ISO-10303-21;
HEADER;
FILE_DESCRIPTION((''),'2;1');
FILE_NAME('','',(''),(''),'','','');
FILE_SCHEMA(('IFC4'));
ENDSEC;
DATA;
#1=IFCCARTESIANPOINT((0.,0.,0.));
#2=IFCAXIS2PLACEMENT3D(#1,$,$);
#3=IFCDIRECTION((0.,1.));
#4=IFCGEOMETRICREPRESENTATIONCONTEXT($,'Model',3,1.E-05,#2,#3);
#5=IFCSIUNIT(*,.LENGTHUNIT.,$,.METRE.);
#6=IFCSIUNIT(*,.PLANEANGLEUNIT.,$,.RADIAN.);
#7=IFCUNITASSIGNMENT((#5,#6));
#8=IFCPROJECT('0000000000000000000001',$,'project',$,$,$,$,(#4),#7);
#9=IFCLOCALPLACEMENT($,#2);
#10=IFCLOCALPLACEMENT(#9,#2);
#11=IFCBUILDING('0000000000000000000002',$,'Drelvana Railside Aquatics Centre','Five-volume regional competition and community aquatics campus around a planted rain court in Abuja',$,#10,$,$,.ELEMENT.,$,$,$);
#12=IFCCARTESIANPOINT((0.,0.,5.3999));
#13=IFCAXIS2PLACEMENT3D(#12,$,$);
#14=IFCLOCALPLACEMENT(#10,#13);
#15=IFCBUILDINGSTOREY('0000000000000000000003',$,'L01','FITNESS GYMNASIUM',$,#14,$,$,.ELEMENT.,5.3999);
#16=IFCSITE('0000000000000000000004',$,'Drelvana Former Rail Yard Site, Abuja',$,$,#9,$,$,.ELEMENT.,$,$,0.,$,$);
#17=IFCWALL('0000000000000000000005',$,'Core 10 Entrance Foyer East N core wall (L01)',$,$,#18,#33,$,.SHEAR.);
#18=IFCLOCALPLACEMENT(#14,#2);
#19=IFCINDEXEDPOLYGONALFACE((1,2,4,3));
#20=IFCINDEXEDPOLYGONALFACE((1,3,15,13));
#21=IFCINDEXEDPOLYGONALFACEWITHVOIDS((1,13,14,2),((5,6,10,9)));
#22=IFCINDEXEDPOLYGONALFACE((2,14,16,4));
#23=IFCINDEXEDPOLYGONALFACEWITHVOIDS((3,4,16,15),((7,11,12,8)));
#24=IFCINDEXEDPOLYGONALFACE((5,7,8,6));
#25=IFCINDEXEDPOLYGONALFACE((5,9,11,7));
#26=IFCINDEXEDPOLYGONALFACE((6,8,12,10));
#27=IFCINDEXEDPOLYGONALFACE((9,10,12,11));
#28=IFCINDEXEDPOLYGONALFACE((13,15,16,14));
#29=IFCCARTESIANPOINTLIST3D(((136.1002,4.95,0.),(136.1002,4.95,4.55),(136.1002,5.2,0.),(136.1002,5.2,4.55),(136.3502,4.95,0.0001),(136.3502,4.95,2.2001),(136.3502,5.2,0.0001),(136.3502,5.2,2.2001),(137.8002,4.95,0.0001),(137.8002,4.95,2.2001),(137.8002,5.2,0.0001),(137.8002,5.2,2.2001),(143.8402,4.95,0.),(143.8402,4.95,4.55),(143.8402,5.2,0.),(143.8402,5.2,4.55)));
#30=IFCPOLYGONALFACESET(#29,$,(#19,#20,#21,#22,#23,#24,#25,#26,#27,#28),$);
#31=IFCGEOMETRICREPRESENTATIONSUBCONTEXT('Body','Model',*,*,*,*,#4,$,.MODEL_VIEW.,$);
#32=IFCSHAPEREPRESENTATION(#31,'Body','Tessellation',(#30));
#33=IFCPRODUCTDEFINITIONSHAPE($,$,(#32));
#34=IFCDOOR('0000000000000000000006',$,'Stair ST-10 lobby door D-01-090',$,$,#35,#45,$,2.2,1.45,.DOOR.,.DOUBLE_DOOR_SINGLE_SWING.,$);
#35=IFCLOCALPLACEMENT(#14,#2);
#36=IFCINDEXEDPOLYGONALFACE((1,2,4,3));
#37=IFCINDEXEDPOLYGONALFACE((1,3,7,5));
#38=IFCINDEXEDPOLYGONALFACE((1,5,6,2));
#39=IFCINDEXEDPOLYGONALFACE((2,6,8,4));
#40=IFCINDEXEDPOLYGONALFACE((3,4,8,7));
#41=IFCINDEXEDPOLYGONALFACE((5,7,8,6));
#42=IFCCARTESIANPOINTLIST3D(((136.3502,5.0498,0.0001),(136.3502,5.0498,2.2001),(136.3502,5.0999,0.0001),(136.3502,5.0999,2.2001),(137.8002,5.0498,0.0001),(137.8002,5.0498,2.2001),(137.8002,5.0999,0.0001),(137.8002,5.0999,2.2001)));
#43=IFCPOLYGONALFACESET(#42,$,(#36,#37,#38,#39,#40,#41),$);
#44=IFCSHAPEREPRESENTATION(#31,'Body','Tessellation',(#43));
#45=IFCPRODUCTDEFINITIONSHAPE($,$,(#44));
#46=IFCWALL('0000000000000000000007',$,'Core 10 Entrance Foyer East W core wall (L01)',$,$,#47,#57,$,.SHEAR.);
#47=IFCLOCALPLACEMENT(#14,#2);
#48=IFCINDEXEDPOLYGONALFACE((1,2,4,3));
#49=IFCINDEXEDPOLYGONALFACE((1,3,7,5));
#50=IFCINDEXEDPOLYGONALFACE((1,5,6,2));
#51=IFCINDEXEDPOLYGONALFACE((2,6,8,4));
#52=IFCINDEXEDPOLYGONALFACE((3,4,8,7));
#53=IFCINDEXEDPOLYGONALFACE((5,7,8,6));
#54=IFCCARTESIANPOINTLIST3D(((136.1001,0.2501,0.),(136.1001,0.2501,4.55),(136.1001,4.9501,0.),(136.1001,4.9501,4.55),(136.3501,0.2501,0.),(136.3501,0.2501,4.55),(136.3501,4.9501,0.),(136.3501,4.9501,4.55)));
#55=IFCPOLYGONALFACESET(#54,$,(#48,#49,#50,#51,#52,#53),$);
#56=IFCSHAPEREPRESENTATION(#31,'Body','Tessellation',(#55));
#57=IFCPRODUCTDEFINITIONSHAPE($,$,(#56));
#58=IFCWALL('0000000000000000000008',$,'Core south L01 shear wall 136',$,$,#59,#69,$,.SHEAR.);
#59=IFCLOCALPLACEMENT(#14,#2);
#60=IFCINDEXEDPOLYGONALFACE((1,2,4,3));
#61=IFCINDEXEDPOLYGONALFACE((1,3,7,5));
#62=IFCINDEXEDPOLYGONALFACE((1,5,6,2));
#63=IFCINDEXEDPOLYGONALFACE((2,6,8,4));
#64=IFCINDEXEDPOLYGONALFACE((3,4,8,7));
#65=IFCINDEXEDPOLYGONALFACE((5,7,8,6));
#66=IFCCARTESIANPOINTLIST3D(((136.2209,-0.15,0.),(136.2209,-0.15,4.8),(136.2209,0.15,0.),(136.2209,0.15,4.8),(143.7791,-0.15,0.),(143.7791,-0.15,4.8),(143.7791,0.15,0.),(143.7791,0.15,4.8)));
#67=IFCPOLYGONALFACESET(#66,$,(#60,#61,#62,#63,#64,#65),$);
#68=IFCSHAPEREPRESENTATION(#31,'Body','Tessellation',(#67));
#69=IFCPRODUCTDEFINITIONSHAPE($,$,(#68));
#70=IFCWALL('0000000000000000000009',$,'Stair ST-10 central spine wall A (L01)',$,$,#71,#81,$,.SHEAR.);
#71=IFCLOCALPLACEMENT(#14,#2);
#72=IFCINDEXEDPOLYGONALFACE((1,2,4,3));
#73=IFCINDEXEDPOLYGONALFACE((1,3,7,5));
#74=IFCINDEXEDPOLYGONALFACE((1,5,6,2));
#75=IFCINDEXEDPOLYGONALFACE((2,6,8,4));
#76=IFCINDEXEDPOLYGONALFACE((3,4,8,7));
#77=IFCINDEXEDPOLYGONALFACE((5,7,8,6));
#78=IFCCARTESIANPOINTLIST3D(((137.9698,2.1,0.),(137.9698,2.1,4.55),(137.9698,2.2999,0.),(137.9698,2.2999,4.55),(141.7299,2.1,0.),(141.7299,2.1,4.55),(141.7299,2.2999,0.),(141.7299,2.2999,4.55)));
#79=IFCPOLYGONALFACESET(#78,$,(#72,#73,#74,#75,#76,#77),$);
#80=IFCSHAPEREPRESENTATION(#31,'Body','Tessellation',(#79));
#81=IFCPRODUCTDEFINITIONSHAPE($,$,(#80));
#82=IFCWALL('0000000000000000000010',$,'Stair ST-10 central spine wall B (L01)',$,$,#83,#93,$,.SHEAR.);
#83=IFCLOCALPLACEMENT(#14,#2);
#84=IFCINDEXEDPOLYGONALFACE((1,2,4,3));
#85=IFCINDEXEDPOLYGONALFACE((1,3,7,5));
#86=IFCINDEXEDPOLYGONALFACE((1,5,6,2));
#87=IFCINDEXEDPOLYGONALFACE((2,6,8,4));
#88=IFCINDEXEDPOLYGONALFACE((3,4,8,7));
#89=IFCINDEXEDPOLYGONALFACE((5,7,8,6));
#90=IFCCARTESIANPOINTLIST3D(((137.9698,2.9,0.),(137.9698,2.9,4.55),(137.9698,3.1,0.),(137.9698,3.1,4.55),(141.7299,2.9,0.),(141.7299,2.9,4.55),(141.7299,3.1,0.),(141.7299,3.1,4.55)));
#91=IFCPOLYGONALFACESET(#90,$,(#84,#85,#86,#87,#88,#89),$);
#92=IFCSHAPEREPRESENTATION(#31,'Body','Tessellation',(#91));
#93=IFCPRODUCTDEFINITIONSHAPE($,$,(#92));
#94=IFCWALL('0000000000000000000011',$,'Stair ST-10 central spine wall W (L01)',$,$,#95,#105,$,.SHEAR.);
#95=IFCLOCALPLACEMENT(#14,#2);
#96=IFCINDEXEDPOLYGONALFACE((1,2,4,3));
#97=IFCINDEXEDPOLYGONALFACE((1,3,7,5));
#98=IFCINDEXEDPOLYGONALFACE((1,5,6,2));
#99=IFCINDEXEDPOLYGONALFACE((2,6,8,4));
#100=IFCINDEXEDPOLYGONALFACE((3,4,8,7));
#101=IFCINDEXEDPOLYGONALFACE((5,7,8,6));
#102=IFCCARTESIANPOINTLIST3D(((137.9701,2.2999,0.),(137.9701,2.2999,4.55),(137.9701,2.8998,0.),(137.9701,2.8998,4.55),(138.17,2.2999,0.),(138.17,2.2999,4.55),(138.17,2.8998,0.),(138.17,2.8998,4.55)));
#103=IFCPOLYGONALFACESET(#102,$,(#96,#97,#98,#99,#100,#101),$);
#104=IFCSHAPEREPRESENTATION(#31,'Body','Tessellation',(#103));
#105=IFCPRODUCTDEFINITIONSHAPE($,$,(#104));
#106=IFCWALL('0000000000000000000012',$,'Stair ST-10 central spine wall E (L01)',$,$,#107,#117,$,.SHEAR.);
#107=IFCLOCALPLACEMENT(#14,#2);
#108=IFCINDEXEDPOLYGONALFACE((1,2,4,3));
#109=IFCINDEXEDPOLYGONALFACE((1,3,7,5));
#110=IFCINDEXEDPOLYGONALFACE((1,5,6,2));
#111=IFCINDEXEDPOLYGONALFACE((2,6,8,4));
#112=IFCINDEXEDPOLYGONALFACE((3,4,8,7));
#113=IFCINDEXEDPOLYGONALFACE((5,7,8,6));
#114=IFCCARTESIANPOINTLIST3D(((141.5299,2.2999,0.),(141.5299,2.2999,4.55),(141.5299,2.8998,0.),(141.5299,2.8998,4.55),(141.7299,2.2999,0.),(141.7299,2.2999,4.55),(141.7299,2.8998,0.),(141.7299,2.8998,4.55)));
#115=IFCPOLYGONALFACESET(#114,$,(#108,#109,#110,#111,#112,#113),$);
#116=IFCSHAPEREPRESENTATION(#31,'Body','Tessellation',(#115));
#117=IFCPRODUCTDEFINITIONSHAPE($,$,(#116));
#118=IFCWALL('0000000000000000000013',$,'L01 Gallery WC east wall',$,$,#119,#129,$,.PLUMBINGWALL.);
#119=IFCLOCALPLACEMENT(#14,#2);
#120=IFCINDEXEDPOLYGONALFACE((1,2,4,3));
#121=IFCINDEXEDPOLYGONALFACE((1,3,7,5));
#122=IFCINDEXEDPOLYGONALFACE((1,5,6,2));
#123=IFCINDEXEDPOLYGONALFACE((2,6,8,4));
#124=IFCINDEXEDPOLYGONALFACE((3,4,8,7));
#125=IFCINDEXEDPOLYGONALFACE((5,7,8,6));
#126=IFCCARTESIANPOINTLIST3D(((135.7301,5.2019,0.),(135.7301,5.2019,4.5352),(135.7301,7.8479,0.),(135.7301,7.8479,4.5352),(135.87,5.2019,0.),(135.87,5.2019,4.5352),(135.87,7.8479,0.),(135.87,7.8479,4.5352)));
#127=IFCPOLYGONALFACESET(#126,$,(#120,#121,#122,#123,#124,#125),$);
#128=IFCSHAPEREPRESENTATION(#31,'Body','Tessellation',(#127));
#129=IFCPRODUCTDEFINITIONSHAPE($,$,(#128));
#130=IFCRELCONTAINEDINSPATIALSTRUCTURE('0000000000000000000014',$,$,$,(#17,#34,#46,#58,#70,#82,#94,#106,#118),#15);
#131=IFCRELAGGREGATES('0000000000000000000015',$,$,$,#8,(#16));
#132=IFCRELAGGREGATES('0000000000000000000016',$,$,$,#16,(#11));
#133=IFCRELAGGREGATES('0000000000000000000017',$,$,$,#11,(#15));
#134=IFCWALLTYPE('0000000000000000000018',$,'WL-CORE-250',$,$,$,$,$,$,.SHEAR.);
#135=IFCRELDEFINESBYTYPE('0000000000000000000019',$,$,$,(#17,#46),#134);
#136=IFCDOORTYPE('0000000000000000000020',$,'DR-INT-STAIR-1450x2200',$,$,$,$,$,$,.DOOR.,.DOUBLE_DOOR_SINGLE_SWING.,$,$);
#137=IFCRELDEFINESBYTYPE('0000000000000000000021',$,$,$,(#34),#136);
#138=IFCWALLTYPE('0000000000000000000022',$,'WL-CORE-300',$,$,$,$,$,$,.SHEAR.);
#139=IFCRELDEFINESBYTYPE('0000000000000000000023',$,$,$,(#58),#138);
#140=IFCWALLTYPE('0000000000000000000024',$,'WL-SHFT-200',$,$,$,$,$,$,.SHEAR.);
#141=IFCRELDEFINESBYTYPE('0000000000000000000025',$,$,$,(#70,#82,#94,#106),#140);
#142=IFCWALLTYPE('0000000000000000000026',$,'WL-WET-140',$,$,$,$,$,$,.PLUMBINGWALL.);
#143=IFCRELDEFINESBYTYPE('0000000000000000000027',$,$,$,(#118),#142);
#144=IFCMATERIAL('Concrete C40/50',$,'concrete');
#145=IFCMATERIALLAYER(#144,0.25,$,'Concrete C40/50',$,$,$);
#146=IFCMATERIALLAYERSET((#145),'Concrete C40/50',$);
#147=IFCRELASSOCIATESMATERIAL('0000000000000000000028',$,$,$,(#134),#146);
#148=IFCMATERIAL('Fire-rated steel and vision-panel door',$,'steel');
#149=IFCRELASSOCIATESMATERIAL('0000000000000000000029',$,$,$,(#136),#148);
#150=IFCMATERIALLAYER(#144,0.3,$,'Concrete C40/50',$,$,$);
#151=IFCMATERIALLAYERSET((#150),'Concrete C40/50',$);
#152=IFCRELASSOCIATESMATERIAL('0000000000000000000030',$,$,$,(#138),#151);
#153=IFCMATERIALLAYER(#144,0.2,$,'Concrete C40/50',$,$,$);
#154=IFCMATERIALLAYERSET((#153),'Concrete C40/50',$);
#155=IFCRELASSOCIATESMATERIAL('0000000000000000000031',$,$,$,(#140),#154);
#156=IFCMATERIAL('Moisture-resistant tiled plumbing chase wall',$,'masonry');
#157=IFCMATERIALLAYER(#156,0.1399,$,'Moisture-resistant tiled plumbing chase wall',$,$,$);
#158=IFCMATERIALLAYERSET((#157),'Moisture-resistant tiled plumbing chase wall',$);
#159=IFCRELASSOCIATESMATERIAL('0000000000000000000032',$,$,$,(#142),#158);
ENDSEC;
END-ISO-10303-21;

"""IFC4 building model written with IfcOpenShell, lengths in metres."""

from ifc_helpers import new_model, si_unit, direction, frame, frame_2d, origin, place, context, subcontext, project, spatial, rectangle, extrude, material, layer, layer_set, type_object, element, fill, save


model = new_model("IFC4")

# Units and contexts
model_context = context("Model", 3, precision=1e-05, world=origin(), true_north=direction((0.0, 1.0)))
body_context = subcontext(model_context, "Body", "Model", "MODEL_VIEW")
ifc_project = project(units=[si_unit("LENGTHUNIT", "METRE"), si_unit("PLANEANGLEUNIT", "RADIAN")], contexts=[model_context])

# Site, building, storey
site_placement = place(None, origin())
site = spatial("IfcSite", under=ifc_project, at=site_placement, Name="Drelvana Former Rail Yard Site, Abuja", CompositionType="ELEMENT", RefElevation=0.0)
building_placement = place(site_placement, origin())
building = spatial("IfcBuilding", under=site, at=building_placement, Name="Drelvana Railside Aquatics Centre", Description="Five-volume regional competition and community aquatics campus around a planted rain court in Abuja", CompositionType="ELEMENT")
storey_placement = place(building_placement, frame((0.0, 0.0, 5.3999)))
storey = spatial("IfcBuildingStorey", under=building, at=storey_placement, Name="L01", Description="FITNESS GYMNASIUM", CompositionType="ELEMENT", Elevation=5.3999)

# Shared definitions
ifc_material_1 = material(Name="Concrete C40/50", Category="concrete")

# Wall, opening, door
ifc_layer_1 = layer(ifc_material_1, 0.25, Name="Concrete C40/50")
ifc_layer_set_1 = layer_set([ifc_layer_1], Name="Concrete C40/50")
wall_type_1 = type_object("IfcWallType", Name="WL-CORE-250", PredefinedType="SHEAR", material=ifc_layer_set_1)
wall_1_placement = place(storey_placement, frame((136.1001, 5.075, 0.0), z_axis=(0.0, 0.0, 1.0), x_axis=(1.0, 0.0, 0.0)))
wall_1 = element("IfcWall", 1, at=wall_1_placement, inside=storey, type_object=wall_type_1, Name="Core 10 Entrance Foyer East N core wall (L01)", PredefinedType="SHEAR", context=body_context, shape_type="SweptSolid", body=[
    extrude(rectangle(XDim=7.74, YDim=0.25, at=frame_2d((3.8701, 0.0))), origin(), (0.0, 0.0, 1.0), 4.55),
])
opening_placement = place(wall_1_placement, frame((0.25, 0.0, 0.0)))
opening = element("IfcOpeningElement", 2, at=opening_placement, cuts=wall_1, PredefinedType="OPENING", context=body_context, shape_type="SweptSolid", body=[
    extrude(rectangle(XDim=1.45, YDim=2.2, at=frame_2d((0.7251, 1.1001))), frame((0.0, 0.135, 0.0), z_axis=(0.0, -1.0, 0.0), x_axis=(1.0, 0.0, 0.0)), (0.0, 0.0, 1.0), 0.27),
])
ifc_material_2 = material(Name="Fire-rated steel and vision-panel door", Category="steel")
door_type = type_object("IfcDoorType", Name="DR-INT-STAIR-1450x2200", OperationType="DOUBLE_DOOR_SINGLE_SWING", PredefinedType="DOOR", material=ifc_material_2)
door_placement = place(opening_placement, origin())
door = element("IfcDoor", 3, at=door_placement, inside=storey, type_object=door_type, Name="Stair ST-10 lobby door D-01-090", OperationType="DOUBLE_DOOR_SINGLE_SWING", OverallHeight=2.2, OverallWidth=1.45, PredefinedType="DOOR", context=body_context, shape_type="SweptSolid", body=[
    extrude(rectangle(XDim=1.45, YDim=2.2, at=frame_2d((0.7251, 1.1001))), frame((0.0, 0.0249, 0.0), z_axis=(0.0, -1.0, 0.0), x_axis=(1.0, 0.0, 0.0)), (0.0, 0.0, 1.0), 0.05),
])
fill(opening, door)

# Walls
wall_2_placement = place(storey_placement, frame((136.2251, 0.25, 0.0), z_axis=(0.0, 0.0, 1.0), x_axis=(0.0, 1.0, 0.0)))
element("IfcWall", 4, at=wall_2_placement, inside=storey, type_object=wall_type_1, Name="Core 10 Entrance Foyer East W core wall (L01)", PredefinedType="SHEAR", context=body_context, shape_type="SweptSolid", body=[
    extrude(rectangle(XDim=4.7, YDim=0.25, at=frame_2d((2.3501, 0.0))), origin(), (0.0, 0.0, 1.0), 4.55),
])
ifc_layer_2 = layer(ifc_material_1, 0.3, Name="Concrete C40/50")
ifc_layer_set_2 = layer_set([ifc_layer_2], Name="Concrete C40/50")
wall_type_2 = type_object("IfcWallType", Name="WL-CORE-300", PredefinedType="SHEAR", material=ifc_layer_set_2)
wall_3_placement = place(storey_placement, frame((136.2209, 0.0, 0.0), z_axis=(0.0, 0.0, 1.0), x_axis=(1.0, 0.0, 0.0)))
element("IfcWall", 5, at=wall_3_placement, inside=storey, type_object=wall_type_2, Name="Core south L01 shear wall 136", PredefinedType="SHEAR", context=body_context, shape_type="SweptSolid", body=[
    extrude(rectangle(XDim=7.5581, YDim=0.3, at=frame_2d((3.7791, 0.0))), origin(), (0.0, 0.0, 1.0), 4.8),
])
ifc_layer_3 = layer(ifc_material_1, 0.2, Name="Concrete C40/50")
ifc_layer_set_3 = layer_set([ifc_layer_3], Name="Concrete C40/50")
wall_type_3 = type_object("IfcWallType", Name="WL-SHFT-200", PredefinedType="SHEAR", material=ifc_layer_set_3)
for number, where, z_axis, x_axis, name in (
    (6, (137.97, 2.2, 0.0), (0.0, 0.0, 1.0), (1.0, 0.0, 0.0), "Stair ST-10 central spine wall A (L01)"),
    (7, (137.97, 3.0, 0.0), (0.0, 0.0, 1.0), (1.0, 0.0, 0.0), "Stair ST-10 central spine wall B (L01)"),
):
    element("IfcWall", number, at=place(storey_placement, frame(where, z_axis=z_axis, x_axis=x_axis)), inside=storey, type_object=wall_type_3, Name=name, PredefinedType="SHEAR", context=body_context, shape_type="SweptSolid", body=[
        extrude(rectangle(XDim=3.76, YDim=0.2, at=frame_2d((1.8799, 0.0))), origin(), (0.0, 0.0, 1.0), 4.55),
    ])
for number, where, z_axis, x_axis, name in (
    (8, (138.0701, 2.3, 0.0), (0.0, 0.0, 1.0), (0.0, 1.0, 0.0), "Stair ST-10 central spine wall W (L01)"),
    (9, (141.6299, 2.3, 0.0), (0.0, 0.0, 1.0), (0.0, 1.0, 0.0), "Stair ST-10 central spine wall E (L01)"),
):
    element("IfcWall", number, at=place(storey_placement, frame(where, z_axis=z_axis, x_axis=x_axis)), inside=storey, type_object=wall_type_3, Name=name, PredefinedType="SHEAR", context=body_context, shape_type="SweptSolid", body=[
        extrude(rectangle(XDim=0.5999, YDim=0.2, at=frame_2d((0.2998, 0.0))), origin(), (0.0, 0.0, 1.0), 4.55),
    ])
ifc_material_3 = material(Name="Moisture-resistant tiled plumbing chase wall", Category="masonry")
ifc_layer_4 = layer(ifc_material_3, 0.1399, Name="Moisture-resistant tiled plumbing chase wall")
ifc_layer_set_4 = layer_set([ifc_layer_4], Name="Moisture-resistant tiled plumbing chase wall")
wall_type_4 = type_object("IfcWallType", Name="WL-WET-140", PredefinedType="PLUMBINGWALL", material=ifc_layer_set_4)
wall_4_placement = place(storey_placement, frame((135.8, 5.2019, 0.0), z_axis=(0.0, 0.0, 1.0), x_axis=(0.0, 1.0, 0.0)))
element("IfcWall", 10, at=wall_4_placement, inside=storey, type_object=wall_type_4, Name="L01 Gallery WC east wall", PredefinedType="PLUMBINGWALL", context=body_context, shape_type="SweptSolid", body=[
    extrude(rectangle(XDim=2.646, YDim=0.1399, at=frame_2d((1.323, 0.0))), origin(), (0.0, 0.0, 1.0), 4.5352),
])

save(model, "model.ifc")
